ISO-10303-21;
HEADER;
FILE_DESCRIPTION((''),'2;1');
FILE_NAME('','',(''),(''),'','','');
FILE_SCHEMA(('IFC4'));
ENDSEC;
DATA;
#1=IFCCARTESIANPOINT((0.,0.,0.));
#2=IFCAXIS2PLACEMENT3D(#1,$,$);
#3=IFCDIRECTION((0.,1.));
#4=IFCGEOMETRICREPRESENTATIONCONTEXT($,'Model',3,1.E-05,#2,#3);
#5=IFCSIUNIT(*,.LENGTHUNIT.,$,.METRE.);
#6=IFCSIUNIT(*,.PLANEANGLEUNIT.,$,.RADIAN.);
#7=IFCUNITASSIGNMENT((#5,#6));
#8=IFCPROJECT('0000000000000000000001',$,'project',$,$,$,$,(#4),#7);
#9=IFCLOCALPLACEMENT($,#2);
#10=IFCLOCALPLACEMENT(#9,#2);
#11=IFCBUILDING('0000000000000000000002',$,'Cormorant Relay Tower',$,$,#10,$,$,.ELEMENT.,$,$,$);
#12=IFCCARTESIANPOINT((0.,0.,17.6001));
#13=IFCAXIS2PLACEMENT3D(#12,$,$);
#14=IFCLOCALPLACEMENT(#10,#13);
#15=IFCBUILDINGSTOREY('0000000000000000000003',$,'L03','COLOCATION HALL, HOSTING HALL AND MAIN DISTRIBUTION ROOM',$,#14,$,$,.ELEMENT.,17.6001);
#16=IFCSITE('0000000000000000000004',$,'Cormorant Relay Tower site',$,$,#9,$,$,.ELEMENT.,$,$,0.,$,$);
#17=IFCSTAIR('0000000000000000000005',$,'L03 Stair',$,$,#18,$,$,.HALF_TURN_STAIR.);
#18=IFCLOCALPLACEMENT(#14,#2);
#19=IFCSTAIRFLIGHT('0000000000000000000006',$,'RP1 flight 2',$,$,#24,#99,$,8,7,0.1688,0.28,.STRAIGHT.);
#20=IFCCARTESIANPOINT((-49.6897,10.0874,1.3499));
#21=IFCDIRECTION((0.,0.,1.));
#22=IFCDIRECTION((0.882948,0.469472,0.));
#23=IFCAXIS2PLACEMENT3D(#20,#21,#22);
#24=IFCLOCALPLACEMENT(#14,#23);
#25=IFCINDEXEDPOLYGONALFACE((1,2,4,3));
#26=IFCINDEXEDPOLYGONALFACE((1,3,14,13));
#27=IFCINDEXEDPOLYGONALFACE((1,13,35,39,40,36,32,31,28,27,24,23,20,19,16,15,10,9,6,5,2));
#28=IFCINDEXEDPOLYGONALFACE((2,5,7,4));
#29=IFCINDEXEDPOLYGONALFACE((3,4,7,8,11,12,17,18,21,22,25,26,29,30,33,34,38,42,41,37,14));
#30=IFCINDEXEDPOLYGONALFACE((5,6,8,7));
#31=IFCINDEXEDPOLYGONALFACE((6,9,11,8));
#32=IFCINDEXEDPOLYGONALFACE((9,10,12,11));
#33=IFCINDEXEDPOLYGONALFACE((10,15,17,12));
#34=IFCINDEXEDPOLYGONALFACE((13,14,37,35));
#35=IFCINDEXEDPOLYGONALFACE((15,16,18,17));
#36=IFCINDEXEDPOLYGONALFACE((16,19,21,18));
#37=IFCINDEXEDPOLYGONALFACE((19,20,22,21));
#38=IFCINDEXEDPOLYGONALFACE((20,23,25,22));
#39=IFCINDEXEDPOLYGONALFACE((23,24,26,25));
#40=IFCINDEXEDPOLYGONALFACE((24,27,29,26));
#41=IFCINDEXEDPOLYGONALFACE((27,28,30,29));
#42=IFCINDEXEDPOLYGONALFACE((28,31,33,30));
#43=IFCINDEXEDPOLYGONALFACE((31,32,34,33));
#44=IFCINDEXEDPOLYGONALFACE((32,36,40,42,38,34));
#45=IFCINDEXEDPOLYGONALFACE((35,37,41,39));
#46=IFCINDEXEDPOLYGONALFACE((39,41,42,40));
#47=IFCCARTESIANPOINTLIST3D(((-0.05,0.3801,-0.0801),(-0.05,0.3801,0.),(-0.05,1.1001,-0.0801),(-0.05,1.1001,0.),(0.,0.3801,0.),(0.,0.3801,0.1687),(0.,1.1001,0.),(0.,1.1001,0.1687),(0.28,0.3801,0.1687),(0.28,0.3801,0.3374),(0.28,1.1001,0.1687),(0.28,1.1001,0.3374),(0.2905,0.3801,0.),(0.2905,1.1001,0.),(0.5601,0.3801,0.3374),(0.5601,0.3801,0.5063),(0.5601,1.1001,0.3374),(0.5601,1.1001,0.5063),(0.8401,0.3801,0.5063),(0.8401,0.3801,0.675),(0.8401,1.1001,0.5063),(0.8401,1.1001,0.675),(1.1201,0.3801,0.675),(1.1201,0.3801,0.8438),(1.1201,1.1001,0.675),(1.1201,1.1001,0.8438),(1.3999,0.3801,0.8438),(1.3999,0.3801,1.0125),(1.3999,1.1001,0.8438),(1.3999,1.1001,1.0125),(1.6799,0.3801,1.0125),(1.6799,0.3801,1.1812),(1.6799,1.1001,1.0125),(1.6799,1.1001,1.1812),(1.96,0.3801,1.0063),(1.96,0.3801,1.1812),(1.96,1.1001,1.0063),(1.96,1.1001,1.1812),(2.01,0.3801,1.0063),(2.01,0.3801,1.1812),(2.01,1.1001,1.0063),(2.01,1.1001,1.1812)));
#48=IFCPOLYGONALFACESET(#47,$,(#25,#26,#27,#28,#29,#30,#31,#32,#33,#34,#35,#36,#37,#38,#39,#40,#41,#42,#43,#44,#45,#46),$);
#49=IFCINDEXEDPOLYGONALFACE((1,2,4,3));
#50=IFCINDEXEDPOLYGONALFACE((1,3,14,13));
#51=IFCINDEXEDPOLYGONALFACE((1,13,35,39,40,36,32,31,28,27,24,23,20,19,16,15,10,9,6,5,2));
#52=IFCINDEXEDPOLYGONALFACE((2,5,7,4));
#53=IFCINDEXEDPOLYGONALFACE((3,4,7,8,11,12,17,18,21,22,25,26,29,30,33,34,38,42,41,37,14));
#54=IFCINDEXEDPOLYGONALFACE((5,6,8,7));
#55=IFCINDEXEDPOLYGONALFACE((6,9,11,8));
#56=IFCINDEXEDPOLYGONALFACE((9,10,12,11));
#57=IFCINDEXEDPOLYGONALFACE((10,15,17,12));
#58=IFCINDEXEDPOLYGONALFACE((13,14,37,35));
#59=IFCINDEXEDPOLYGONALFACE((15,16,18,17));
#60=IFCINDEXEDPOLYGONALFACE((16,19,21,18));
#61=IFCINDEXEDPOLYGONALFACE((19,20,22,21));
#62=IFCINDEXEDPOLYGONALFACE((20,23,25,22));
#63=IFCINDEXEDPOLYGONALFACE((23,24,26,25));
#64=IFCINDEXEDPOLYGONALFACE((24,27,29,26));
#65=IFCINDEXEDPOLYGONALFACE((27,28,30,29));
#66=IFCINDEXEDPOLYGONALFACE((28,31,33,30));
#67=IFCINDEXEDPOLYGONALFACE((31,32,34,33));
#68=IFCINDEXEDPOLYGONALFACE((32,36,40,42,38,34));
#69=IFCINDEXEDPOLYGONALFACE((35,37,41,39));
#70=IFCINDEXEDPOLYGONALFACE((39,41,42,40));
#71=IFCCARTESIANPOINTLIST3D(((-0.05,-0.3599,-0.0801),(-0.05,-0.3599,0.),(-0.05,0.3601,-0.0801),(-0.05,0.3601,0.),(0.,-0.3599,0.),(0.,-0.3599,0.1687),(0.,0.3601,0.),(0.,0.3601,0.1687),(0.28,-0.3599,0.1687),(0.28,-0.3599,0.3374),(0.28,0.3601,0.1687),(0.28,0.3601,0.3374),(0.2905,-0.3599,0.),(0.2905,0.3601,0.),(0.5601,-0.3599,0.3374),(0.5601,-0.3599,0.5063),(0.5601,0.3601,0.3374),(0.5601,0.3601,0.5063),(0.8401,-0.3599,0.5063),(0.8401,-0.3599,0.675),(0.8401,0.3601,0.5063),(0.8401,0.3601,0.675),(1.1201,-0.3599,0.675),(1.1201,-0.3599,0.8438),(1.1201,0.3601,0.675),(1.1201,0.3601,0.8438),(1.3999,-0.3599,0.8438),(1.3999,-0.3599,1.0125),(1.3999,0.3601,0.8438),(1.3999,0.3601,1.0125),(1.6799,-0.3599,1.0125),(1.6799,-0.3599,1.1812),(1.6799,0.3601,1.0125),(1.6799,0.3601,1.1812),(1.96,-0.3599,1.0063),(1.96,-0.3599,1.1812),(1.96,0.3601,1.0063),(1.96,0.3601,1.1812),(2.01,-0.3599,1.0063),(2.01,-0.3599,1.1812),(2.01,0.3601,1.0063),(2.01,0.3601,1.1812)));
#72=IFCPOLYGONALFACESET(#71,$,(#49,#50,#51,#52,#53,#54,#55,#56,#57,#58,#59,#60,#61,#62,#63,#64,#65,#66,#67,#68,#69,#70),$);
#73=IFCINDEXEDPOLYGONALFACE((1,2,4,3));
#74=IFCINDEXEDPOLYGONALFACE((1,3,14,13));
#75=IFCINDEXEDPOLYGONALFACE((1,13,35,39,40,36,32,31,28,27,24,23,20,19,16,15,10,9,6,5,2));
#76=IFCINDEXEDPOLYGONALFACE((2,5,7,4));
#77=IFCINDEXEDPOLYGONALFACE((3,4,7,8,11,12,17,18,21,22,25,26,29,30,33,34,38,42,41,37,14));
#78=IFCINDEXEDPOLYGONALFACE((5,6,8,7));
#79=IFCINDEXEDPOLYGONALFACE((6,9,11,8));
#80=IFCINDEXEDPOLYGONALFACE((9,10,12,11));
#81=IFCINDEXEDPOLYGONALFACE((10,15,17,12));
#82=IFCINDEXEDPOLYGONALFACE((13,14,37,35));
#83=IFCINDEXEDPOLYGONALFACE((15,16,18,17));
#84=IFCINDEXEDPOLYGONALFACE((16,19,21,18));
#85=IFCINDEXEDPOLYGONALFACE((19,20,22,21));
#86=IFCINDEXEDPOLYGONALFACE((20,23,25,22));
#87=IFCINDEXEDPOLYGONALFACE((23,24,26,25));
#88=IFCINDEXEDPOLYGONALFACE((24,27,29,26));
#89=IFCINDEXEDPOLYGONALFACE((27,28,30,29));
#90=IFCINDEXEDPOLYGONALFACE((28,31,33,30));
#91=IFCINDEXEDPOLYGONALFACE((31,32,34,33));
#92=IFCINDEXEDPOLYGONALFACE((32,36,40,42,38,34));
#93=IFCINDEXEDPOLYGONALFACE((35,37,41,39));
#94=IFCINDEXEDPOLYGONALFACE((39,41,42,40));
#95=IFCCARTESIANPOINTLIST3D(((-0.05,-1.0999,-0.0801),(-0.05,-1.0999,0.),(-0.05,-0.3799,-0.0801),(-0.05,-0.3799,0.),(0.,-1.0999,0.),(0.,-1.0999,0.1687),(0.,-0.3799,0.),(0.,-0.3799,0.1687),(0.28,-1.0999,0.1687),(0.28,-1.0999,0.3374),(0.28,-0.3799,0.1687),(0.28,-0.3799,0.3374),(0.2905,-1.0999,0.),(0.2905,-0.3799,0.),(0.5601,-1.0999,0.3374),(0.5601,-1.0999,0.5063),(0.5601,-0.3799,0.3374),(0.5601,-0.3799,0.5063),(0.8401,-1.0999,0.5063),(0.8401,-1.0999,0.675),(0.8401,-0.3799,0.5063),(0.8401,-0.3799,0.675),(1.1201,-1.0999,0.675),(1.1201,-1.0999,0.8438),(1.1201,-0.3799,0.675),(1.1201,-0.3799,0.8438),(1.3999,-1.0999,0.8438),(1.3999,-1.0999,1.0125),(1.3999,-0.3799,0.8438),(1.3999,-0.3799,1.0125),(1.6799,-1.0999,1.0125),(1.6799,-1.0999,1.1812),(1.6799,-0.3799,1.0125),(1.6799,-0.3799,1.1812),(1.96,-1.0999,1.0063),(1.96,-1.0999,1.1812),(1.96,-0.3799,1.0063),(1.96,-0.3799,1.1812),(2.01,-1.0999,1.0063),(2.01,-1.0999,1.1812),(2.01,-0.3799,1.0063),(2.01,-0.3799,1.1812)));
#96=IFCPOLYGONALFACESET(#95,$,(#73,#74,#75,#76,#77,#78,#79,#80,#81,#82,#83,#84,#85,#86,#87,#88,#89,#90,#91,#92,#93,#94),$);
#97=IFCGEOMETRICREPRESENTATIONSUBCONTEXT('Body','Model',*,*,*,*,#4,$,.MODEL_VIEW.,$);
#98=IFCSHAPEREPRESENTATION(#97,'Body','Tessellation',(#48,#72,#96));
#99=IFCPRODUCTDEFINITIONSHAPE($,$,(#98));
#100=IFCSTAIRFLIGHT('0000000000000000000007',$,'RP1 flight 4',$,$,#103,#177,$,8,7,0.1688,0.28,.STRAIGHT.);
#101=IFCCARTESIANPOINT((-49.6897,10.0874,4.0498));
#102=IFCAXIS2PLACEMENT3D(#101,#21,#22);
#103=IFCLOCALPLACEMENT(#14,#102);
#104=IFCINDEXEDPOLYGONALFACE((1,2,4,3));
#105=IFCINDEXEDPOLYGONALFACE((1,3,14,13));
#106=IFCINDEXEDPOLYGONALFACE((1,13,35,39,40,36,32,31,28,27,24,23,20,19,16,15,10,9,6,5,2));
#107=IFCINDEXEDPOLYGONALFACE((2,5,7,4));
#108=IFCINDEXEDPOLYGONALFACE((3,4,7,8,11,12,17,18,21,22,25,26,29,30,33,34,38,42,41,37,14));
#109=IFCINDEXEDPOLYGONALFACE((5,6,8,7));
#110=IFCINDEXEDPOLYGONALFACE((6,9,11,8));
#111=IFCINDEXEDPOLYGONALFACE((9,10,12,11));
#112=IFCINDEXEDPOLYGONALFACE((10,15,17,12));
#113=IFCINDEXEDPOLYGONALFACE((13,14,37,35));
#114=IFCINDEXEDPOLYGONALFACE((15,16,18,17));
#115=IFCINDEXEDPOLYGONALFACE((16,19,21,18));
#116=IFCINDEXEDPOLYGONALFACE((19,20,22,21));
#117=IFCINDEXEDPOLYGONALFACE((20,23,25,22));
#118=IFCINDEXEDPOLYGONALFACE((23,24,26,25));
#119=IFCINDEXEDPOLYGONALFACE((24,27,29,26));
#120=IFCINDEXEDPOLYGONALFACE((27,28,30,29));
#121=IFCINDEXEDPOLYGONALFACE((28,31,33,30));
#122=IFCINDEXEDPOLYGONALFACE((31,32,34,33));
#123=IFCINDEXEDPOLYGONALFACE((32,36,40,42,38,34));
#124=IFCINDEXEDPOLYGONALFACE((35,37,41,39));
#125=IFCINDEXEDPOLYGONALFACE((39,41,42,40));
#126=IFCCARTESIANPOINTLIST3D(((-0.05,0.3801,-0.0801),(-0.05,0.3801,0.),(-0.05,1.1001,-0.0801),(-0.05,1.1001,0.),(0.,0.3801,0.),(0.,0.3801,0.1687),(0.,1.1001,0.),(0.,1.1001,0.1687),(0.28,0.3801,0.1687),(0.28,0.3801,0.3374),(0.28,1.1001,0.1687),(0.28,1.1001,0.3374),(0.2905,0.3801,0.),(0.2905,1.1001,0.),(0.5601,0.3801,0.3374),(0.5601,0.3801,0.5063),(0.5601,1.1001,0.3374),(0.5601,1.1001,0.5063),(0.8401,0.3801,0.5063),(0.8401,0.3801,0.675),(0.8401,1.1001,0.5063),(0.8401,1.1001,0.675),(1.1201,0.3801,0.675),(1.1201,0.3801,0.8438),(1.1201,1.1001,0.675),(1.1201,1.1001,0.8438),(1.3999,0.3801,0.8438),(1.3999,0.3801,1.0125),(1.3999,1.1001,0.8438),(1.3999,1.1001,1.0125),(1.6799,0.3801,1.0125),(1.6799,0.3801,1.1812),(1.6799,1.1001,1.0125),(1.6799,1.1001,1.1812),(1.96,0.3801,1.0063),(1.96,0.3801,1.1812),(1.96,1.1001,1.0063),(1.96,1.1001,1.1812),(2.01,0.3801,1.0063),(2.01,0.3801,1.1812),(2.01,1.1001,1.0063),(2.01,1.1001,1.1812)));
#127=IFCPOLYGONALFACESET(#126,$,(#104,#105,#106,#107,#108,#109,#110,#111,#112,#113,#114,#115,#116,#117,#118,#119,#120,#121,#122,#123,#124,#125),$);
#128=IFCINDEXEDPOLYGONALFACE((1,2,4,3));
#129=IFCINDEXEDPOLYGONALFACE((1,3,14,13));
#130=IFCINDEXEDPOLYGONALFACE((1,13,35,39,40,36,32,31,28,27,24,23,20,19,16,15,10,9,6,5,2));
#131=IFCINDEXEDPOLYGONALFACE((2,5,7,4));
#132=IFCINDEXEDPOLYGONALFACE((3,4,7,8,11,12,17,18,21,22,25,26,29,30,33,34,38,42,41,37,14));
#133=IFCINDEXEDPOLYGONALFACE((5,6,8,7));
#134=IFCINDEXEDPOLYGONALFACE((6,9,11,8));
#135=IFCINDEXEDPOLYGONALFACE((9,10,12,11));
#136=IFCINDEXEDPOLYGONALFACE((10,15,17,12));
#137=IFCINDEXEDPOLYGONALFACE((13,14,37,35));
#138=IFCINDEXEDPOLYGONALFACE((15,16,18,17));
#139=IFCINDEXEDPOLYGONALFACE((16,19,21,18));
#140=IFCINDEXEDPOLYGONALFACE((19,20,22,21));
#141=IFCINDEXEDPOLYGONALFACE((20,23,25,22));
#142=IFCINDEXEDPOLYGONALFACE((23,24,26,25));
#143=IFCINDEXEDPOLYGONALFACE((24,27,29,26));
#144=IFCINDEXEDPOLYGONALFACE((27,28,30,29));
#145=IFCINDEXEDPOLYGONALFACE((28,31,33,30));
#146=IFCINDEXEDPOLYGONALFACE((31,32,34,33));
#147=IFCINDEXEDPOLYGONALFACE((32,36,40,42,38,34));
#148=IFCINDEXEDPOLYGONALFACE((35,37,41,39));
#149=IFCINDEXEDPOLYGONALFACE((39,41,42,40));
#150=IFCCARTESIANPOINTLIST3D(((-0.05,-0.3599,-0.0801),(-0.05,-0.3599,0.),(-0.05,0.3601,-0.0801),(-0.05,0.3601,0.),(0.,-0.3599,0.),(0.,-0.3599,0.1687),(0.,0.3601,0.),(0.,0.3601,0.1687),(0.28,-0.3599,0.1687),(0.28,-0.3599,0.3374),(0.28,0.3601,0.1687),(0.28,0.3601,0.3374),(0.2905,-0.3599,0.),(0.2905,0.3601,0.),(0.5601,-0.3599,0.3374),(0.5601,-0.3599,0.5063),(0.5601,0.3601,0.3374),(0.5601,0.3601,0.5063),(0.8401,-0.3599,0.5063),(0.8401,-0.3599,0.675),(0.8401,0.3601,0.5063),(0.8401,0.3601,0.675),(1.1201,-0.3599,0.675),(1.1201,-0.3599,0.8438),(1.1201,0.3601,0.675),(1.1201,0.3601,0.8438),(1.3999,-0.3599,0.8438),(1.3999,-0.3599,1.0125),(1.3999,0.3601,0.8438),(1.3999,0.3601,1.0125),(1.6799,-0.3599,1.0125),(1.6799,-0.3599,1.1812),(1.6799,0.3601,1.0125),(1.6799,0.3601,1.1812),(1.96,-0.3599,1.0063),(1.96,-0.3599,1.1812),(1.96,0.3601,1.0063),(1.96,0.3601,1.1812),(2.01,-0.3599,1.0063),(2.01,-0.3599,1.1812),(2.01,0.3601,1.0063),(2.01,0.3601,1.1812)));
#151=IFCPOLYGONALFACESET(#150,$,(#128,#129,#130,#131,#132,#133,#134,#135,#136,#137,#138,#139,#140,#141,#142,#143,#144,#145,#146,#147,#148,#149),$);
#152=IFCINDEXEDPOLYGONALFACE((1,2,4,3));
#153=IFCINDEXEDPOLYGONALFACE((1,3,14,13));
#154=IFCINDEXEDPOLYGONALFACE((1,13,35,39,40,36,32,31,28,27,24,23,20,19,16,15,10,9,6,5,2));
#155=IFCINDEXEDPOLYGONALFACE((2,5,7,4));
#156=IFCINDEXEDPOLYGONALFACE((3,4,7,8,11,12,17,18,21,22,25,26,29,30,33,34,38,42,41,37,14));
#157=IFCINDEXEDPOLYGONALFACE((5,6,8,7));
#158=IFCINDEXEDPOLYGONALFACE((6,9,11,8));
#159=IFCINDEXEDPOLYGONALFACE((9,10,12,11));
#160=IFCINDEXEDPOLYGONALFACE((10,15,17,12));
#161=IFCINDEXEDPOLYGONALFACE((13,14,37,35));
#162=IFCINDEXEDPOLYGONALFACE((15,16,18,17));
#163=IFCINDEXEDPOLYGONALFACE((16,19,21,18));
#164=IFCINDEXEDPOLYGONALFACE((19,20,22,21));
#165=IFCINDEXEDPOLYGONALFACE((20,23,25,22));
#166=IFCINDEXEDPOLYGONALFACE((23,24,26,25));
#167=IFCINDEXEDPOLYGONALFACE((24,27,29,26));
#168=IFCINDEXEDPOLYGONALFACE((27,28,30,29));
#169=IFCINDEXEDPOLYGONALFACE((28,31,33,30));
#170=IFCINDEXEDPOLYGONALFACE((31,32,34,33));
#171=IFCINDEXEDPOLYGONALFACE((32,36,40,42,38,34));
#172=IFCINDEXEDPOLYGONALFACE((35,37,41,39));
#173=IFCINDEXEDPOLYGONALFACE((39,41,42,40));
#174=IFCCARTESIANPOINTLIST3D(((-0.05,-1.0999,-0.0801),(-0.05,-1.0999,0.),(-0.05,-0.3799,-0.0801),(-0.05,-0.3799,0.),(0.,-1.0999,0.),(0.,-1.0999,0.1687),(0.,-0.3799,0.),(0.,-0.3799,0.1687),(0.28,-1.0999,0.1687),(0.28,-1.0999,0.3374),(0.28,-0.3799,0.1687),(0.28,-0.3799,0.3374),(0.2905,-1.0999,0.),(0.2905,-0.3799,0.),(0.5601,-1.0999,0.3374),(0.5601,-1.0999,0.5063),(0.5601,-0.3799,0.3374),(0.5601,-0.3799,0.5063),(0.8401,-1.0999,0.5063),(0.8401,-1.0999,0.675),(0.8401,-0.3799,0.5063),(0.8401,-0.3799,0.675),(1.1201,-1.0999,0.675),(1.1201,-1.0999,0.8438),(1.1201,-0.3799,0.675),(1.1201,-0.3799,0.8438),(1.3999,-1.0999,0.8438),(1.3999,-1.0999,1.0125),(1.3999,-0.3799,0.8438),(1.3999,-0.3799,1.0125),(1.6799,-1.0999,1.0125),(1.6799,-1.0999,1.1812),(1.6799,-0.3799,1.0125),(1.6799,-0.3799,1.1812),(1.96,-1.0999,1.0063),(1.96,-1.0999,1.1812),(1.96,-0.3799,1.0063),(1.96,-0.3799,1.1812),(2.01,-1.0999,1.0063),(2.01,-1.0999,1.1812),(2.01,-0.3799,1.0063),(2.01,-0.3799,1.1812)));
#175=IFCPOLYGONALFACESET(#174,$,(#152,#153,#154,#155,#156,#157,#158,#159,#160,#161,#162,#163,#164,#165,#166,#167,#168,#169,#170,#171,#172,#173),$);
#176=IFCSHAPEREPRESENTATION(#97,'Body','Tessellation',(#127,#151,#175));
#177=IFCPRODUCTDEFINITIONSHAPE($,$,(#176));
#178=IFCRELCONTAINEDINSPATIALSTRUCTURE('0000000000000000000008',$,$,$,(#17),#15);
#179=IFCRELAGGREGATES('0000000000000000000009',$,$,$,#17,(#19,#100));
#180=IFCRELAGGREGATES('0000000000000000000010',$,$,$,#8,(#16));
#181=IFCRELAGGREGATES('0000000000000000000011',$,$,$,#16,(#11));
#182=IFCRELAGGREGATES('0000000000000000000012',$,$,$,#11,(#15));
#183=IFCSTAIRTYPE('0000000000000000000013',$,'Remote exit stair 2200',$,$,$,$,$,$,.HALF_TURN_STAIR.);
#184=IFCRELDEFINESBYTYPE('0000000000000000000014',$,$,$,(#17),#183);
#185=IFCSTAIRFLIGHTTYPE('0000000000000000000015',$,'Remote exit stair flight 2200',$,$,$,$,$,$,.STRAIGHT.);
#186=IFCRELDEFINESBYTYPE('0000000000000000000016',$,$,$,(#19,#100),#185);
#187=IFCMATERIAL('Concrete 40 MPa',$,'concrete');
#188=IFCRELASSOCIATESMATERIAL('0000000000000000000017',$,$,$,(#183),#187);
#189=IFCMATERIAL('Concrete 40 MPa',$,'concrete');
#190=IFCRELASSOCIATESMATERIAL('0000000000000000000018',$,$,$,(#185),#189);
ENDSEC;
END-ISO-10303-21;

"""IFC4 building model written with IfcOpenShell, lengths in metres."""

from ifc_helpers import new_model, si_unit, direction, frame, origin, place, context, subcontext, project, spatial, polyline, outline, extrude, material, type_object, element, aggregate, save


model = new_model("IFC4")

# Units and contexts
model_context = context("Model", 3, precision=1e-05, world=origin(), true_north=direction((0.0, 1.0)))
body_context = subcontext(model_context, "Body", "Model", "MODEL_VIEW")
ifc_project = project(units=[si_unit("LENGTHUNIT", "METRE"), si_unit("PLANEANGLEUNIT", "RADIAN")], contexts=[model_context])

# Site, building, storey
site_placement = place(None, origin())
site = spatial("IfcSite", under=ifc_project, at=site_placement, Name="Cormorant Relay Tower site", CompositionType="ELEMENT", RefElevation=0.0)
building_placement = place(site_placement, origin())
building = spatial("IfcBuilding", under=site, at=building_placement, Name="Cormorant Relay Tower", CompositionType="ELEMENT")
storey_placement = place(building_placement, frame((0.0, 0.0, 17.6001)))
storey = spatial("IfcBuildingStorey", under=building, at=storey_placement, Name="L03", Description="COLOCATION HALL, HOSTING HALL AND MAIN DISTRIBUTION ROOM", CompositionType="ELEMENT", Elevation=17.6001)

# Stair, stair flights
ifc_material_1 = material(Name="Concrete 40 MPa", Category="concrete")
stair_type = type_object("IfcStairType", Name="Remote exit stair 2200", PredefinedType="HALF_TURN_STAIR", material=ifc_material_1)
stair_placement = place(storey_placement, origin())
stair = element("IfcStair", 1, at=stair_placement, inside=storey, type_object=stair_type, Name="L03 Stair", PredefinedType="HALF_TURN_STAIR")
ifc_material_2 = material(Name="Concrete 40 MPa", Category="concrete")
stair_flight_type = type_object("IfcStairFlightType", Name="Remote exit stair flight 2200", PredefinedType="STRAIGHT", material=ifc_material_2)
stair_flight_1_placement = place(storey_placement, frame((-49.6897, 10.0874, 1.3499), z_axis=(0.0, 0.0, 1.0), x_axis=(0.882948, 0.469472, 0.0)))
stair_flight_1 = element("IfcStairFlight", 2, at=stair_flight_1_placement, type_object=stair_flight_type, Name="RP1 flight 2", NumberOfRisers=8, NumberOfTreads=7, PredefinedType="STRAIGHT", RiserHeight=0.1688, TreadLength=0.28, context=body_context, shape_type="SweptSolid", body=[
    extrude(outline(polyline([(-0.05, -0.0801), (-0.05, 0.0), (0.0, 0.0), (0.0, 0.1687), (0.28, 0.1687), (0.28, 0.3374), (0.5601, 0.3374), (0.5601, 0.5063), (0.8401, 0.5063), (0.8401, 0.675), (1.1201, 0.675), (1.1201, 0.8438), (1.3999, 0.8438), (1.3999, 1.0125), (1.6799, 1.0125), (1.6799, 1.1812), (1.96, 1.1812), (2.01, 1.1812), (2.01, 1.0063), (1.96, 1.0063), (0.2905, 0.0), (-0.05, -0.0801)])), frame((0.0, 1.1001, 0.0), z_axis=(0.0, -1.0, 0.0), x_axis=(1.0, 0.0, 0.0)), (0.0, 0.0, 1.0), 0.72),
    extrude(outline(polyline([(-0.05, -0.0801), (-0.05, 0.0), (0.0, 0.0), (0.0, 0.1687), (0.28, 0.1687), (0.28, 0.3374), (0.5601, 0.3374), (0.5601, 0.5063), (0.8401, 0.5063), (0.8401, 0.675), (1.1201, 0.675), (1.1201, 0.8438), (1.3999, 0.8438), (1.3999, 1.0125), (1.6799, 1.0125), (1.6799, 1.1812), (1.96, 1.1812), (2.01, 1.1812), (2.01, 1.0063), (1.96, 1.0063), (0.2905, 0.0), (-0.05, -0.0801)])), frame((0.0, 0.3601, 0.0), z_axis=(0.0, -1.0, 0.0), x_axis=(1.0, 0.0, 0.0)), (0.0, 0.0, 1.0), 0.72),
    extrude(outline(polyline([(-0.05, -0.0801), (-0.05, 0.0), (0.0, 0.0), (0.0, 0.1687), (0.28, 0.1687), (0.28, 0.3374), (0.5601, 0.3374), (0.5601, 0.5063), (0.8401, 0.5063), (0.8401, 0.675), (1.1201, 0.675), (1.1201, 0.8438), (1.3999, 0.8438), (1.3999, 1.0125), (1.6799, 1.0125), (1.6799, 1.1812), (1.96, 1.1812), (2.01, 1.1812), (2.01, 1.0063), (1.96, 1.0063), (0.2905, 0.0), (-0.05, -0.0801)])), frame((0.0, -0.3799, 0.0), z_axis=(0.0, -1.0, 0.0), x_axis=(1.0, 0.0, 0.0)), (0.0, 0.0, 1.0), 0.72),
])
stair_flight_2_placement = place(storey_placement, frame((-49.6897, 10.0874, 4.0498), z_axis=(0.0, 0.0, 1.0), x_axis=(0.882948, 0.469472, 0.0)))
stair_flight_2 = element("IfcStairFlight", 3, at=stair_flight_2_placement, type_object=stair_flight_type, Name="RP1 flight 4", NumberOfRisers=8, NumberOfTreads=7, PredefinedType="STRAIGHT", RiserHeight=0.1688, TreadLength=0.28, context=body_context, shape_type="SweptSolid", body=[
    extrude(outline(polyline([(-0.05, -0.0801), (-0.05, 0.0), (0.0, 0.0), (0.0, 0.1687), (0.28, 0.1687), (0.28, 0.3374), (0.5601, 0.3374), (0.5601, 0.5063), (0.8401, 0.5063), (0.8401, 0.675), (1.1201, 0.675), (1.1201, 0.8438), (1.3999, 0.8438), (1.3999, 1.0125), (1.6799, 1.0125), (1.6799, 1.1812), (1.96, 1.1812), (2.01, 1.1812), (2.01, 1.0063), (1.96, 1.0063), (0.2905, 0.0), (-0.05, -0.0801)])), frame((0.0, 1.1001, 0.0), z_axis=(0.0, -1.0, 0.0), x_axis=(1.0, 0.0, 0.0)), (0.0, 0.0, 1.0), 0.72),
    extrude(outline(polyline([(-0.05, -0.0801), (-0.05, 0.0), (0.0, 0.0), (0.0, 0.1687), (0.28, 0.1687), (0.28, 0.3374), (0.5601, 0.3374), (0.5601, 0.5063), (0.8401, 0.5063), (0.8401, 0.675), (1.1201, 0.675), (1.1201, 0.8438), (1.3999, 0.8438), (1.3999, 1.0125), (1.6799, 1.0125), (1.6799, 1.1812), (1.96, 1.1812), (2.01, 1.1812), (2.01, 1.0063), (1.96, 1.0063), (0.2905, 0.0), (-0.05, -0.0801)])), frame((0.0, 0.3601, 0.0), z_axis=(0.0, -1.0, 0.0), x_axis=(1.0, 0.0, 0.0)), (0.0, 0.0, 1.0), 0.72),
    extrude(outline(polyline([(-0.05, -0.0801), (-0.05, 0.0), (0.0, 0.0), (0.0, 0.1687), (0.28, 0.1687), (0.28, 0.3374), (0.5601, 0.3374), (0.5601, 0.5063), (0.8401, 0.5063), (0.8401, 0.675), (1.1201, 0.675), (1.1201, 0.8438), (1.3999, 0.8438), (1.3999, 1.0125), (1.6799, 1.0125), (1.6799, 1.1812), (1.96, 1.1812), (2.01, 1.1812), (2.01, 1.0063), (1.96, 1.0063), (0.2905, 0.0), (-0.05, -0.0801)])), frame((0.0, -0.3799, 0.0), z_axis=(0.0, -1.0, 0.0), x_axis=(1.0, 0.0, 0.0)), (0.0, 0.0, 1.0), 0.72),
])
aggregate(stair, [stair_flight_1, stair_flight_2])

save(model, "model.ifc")
